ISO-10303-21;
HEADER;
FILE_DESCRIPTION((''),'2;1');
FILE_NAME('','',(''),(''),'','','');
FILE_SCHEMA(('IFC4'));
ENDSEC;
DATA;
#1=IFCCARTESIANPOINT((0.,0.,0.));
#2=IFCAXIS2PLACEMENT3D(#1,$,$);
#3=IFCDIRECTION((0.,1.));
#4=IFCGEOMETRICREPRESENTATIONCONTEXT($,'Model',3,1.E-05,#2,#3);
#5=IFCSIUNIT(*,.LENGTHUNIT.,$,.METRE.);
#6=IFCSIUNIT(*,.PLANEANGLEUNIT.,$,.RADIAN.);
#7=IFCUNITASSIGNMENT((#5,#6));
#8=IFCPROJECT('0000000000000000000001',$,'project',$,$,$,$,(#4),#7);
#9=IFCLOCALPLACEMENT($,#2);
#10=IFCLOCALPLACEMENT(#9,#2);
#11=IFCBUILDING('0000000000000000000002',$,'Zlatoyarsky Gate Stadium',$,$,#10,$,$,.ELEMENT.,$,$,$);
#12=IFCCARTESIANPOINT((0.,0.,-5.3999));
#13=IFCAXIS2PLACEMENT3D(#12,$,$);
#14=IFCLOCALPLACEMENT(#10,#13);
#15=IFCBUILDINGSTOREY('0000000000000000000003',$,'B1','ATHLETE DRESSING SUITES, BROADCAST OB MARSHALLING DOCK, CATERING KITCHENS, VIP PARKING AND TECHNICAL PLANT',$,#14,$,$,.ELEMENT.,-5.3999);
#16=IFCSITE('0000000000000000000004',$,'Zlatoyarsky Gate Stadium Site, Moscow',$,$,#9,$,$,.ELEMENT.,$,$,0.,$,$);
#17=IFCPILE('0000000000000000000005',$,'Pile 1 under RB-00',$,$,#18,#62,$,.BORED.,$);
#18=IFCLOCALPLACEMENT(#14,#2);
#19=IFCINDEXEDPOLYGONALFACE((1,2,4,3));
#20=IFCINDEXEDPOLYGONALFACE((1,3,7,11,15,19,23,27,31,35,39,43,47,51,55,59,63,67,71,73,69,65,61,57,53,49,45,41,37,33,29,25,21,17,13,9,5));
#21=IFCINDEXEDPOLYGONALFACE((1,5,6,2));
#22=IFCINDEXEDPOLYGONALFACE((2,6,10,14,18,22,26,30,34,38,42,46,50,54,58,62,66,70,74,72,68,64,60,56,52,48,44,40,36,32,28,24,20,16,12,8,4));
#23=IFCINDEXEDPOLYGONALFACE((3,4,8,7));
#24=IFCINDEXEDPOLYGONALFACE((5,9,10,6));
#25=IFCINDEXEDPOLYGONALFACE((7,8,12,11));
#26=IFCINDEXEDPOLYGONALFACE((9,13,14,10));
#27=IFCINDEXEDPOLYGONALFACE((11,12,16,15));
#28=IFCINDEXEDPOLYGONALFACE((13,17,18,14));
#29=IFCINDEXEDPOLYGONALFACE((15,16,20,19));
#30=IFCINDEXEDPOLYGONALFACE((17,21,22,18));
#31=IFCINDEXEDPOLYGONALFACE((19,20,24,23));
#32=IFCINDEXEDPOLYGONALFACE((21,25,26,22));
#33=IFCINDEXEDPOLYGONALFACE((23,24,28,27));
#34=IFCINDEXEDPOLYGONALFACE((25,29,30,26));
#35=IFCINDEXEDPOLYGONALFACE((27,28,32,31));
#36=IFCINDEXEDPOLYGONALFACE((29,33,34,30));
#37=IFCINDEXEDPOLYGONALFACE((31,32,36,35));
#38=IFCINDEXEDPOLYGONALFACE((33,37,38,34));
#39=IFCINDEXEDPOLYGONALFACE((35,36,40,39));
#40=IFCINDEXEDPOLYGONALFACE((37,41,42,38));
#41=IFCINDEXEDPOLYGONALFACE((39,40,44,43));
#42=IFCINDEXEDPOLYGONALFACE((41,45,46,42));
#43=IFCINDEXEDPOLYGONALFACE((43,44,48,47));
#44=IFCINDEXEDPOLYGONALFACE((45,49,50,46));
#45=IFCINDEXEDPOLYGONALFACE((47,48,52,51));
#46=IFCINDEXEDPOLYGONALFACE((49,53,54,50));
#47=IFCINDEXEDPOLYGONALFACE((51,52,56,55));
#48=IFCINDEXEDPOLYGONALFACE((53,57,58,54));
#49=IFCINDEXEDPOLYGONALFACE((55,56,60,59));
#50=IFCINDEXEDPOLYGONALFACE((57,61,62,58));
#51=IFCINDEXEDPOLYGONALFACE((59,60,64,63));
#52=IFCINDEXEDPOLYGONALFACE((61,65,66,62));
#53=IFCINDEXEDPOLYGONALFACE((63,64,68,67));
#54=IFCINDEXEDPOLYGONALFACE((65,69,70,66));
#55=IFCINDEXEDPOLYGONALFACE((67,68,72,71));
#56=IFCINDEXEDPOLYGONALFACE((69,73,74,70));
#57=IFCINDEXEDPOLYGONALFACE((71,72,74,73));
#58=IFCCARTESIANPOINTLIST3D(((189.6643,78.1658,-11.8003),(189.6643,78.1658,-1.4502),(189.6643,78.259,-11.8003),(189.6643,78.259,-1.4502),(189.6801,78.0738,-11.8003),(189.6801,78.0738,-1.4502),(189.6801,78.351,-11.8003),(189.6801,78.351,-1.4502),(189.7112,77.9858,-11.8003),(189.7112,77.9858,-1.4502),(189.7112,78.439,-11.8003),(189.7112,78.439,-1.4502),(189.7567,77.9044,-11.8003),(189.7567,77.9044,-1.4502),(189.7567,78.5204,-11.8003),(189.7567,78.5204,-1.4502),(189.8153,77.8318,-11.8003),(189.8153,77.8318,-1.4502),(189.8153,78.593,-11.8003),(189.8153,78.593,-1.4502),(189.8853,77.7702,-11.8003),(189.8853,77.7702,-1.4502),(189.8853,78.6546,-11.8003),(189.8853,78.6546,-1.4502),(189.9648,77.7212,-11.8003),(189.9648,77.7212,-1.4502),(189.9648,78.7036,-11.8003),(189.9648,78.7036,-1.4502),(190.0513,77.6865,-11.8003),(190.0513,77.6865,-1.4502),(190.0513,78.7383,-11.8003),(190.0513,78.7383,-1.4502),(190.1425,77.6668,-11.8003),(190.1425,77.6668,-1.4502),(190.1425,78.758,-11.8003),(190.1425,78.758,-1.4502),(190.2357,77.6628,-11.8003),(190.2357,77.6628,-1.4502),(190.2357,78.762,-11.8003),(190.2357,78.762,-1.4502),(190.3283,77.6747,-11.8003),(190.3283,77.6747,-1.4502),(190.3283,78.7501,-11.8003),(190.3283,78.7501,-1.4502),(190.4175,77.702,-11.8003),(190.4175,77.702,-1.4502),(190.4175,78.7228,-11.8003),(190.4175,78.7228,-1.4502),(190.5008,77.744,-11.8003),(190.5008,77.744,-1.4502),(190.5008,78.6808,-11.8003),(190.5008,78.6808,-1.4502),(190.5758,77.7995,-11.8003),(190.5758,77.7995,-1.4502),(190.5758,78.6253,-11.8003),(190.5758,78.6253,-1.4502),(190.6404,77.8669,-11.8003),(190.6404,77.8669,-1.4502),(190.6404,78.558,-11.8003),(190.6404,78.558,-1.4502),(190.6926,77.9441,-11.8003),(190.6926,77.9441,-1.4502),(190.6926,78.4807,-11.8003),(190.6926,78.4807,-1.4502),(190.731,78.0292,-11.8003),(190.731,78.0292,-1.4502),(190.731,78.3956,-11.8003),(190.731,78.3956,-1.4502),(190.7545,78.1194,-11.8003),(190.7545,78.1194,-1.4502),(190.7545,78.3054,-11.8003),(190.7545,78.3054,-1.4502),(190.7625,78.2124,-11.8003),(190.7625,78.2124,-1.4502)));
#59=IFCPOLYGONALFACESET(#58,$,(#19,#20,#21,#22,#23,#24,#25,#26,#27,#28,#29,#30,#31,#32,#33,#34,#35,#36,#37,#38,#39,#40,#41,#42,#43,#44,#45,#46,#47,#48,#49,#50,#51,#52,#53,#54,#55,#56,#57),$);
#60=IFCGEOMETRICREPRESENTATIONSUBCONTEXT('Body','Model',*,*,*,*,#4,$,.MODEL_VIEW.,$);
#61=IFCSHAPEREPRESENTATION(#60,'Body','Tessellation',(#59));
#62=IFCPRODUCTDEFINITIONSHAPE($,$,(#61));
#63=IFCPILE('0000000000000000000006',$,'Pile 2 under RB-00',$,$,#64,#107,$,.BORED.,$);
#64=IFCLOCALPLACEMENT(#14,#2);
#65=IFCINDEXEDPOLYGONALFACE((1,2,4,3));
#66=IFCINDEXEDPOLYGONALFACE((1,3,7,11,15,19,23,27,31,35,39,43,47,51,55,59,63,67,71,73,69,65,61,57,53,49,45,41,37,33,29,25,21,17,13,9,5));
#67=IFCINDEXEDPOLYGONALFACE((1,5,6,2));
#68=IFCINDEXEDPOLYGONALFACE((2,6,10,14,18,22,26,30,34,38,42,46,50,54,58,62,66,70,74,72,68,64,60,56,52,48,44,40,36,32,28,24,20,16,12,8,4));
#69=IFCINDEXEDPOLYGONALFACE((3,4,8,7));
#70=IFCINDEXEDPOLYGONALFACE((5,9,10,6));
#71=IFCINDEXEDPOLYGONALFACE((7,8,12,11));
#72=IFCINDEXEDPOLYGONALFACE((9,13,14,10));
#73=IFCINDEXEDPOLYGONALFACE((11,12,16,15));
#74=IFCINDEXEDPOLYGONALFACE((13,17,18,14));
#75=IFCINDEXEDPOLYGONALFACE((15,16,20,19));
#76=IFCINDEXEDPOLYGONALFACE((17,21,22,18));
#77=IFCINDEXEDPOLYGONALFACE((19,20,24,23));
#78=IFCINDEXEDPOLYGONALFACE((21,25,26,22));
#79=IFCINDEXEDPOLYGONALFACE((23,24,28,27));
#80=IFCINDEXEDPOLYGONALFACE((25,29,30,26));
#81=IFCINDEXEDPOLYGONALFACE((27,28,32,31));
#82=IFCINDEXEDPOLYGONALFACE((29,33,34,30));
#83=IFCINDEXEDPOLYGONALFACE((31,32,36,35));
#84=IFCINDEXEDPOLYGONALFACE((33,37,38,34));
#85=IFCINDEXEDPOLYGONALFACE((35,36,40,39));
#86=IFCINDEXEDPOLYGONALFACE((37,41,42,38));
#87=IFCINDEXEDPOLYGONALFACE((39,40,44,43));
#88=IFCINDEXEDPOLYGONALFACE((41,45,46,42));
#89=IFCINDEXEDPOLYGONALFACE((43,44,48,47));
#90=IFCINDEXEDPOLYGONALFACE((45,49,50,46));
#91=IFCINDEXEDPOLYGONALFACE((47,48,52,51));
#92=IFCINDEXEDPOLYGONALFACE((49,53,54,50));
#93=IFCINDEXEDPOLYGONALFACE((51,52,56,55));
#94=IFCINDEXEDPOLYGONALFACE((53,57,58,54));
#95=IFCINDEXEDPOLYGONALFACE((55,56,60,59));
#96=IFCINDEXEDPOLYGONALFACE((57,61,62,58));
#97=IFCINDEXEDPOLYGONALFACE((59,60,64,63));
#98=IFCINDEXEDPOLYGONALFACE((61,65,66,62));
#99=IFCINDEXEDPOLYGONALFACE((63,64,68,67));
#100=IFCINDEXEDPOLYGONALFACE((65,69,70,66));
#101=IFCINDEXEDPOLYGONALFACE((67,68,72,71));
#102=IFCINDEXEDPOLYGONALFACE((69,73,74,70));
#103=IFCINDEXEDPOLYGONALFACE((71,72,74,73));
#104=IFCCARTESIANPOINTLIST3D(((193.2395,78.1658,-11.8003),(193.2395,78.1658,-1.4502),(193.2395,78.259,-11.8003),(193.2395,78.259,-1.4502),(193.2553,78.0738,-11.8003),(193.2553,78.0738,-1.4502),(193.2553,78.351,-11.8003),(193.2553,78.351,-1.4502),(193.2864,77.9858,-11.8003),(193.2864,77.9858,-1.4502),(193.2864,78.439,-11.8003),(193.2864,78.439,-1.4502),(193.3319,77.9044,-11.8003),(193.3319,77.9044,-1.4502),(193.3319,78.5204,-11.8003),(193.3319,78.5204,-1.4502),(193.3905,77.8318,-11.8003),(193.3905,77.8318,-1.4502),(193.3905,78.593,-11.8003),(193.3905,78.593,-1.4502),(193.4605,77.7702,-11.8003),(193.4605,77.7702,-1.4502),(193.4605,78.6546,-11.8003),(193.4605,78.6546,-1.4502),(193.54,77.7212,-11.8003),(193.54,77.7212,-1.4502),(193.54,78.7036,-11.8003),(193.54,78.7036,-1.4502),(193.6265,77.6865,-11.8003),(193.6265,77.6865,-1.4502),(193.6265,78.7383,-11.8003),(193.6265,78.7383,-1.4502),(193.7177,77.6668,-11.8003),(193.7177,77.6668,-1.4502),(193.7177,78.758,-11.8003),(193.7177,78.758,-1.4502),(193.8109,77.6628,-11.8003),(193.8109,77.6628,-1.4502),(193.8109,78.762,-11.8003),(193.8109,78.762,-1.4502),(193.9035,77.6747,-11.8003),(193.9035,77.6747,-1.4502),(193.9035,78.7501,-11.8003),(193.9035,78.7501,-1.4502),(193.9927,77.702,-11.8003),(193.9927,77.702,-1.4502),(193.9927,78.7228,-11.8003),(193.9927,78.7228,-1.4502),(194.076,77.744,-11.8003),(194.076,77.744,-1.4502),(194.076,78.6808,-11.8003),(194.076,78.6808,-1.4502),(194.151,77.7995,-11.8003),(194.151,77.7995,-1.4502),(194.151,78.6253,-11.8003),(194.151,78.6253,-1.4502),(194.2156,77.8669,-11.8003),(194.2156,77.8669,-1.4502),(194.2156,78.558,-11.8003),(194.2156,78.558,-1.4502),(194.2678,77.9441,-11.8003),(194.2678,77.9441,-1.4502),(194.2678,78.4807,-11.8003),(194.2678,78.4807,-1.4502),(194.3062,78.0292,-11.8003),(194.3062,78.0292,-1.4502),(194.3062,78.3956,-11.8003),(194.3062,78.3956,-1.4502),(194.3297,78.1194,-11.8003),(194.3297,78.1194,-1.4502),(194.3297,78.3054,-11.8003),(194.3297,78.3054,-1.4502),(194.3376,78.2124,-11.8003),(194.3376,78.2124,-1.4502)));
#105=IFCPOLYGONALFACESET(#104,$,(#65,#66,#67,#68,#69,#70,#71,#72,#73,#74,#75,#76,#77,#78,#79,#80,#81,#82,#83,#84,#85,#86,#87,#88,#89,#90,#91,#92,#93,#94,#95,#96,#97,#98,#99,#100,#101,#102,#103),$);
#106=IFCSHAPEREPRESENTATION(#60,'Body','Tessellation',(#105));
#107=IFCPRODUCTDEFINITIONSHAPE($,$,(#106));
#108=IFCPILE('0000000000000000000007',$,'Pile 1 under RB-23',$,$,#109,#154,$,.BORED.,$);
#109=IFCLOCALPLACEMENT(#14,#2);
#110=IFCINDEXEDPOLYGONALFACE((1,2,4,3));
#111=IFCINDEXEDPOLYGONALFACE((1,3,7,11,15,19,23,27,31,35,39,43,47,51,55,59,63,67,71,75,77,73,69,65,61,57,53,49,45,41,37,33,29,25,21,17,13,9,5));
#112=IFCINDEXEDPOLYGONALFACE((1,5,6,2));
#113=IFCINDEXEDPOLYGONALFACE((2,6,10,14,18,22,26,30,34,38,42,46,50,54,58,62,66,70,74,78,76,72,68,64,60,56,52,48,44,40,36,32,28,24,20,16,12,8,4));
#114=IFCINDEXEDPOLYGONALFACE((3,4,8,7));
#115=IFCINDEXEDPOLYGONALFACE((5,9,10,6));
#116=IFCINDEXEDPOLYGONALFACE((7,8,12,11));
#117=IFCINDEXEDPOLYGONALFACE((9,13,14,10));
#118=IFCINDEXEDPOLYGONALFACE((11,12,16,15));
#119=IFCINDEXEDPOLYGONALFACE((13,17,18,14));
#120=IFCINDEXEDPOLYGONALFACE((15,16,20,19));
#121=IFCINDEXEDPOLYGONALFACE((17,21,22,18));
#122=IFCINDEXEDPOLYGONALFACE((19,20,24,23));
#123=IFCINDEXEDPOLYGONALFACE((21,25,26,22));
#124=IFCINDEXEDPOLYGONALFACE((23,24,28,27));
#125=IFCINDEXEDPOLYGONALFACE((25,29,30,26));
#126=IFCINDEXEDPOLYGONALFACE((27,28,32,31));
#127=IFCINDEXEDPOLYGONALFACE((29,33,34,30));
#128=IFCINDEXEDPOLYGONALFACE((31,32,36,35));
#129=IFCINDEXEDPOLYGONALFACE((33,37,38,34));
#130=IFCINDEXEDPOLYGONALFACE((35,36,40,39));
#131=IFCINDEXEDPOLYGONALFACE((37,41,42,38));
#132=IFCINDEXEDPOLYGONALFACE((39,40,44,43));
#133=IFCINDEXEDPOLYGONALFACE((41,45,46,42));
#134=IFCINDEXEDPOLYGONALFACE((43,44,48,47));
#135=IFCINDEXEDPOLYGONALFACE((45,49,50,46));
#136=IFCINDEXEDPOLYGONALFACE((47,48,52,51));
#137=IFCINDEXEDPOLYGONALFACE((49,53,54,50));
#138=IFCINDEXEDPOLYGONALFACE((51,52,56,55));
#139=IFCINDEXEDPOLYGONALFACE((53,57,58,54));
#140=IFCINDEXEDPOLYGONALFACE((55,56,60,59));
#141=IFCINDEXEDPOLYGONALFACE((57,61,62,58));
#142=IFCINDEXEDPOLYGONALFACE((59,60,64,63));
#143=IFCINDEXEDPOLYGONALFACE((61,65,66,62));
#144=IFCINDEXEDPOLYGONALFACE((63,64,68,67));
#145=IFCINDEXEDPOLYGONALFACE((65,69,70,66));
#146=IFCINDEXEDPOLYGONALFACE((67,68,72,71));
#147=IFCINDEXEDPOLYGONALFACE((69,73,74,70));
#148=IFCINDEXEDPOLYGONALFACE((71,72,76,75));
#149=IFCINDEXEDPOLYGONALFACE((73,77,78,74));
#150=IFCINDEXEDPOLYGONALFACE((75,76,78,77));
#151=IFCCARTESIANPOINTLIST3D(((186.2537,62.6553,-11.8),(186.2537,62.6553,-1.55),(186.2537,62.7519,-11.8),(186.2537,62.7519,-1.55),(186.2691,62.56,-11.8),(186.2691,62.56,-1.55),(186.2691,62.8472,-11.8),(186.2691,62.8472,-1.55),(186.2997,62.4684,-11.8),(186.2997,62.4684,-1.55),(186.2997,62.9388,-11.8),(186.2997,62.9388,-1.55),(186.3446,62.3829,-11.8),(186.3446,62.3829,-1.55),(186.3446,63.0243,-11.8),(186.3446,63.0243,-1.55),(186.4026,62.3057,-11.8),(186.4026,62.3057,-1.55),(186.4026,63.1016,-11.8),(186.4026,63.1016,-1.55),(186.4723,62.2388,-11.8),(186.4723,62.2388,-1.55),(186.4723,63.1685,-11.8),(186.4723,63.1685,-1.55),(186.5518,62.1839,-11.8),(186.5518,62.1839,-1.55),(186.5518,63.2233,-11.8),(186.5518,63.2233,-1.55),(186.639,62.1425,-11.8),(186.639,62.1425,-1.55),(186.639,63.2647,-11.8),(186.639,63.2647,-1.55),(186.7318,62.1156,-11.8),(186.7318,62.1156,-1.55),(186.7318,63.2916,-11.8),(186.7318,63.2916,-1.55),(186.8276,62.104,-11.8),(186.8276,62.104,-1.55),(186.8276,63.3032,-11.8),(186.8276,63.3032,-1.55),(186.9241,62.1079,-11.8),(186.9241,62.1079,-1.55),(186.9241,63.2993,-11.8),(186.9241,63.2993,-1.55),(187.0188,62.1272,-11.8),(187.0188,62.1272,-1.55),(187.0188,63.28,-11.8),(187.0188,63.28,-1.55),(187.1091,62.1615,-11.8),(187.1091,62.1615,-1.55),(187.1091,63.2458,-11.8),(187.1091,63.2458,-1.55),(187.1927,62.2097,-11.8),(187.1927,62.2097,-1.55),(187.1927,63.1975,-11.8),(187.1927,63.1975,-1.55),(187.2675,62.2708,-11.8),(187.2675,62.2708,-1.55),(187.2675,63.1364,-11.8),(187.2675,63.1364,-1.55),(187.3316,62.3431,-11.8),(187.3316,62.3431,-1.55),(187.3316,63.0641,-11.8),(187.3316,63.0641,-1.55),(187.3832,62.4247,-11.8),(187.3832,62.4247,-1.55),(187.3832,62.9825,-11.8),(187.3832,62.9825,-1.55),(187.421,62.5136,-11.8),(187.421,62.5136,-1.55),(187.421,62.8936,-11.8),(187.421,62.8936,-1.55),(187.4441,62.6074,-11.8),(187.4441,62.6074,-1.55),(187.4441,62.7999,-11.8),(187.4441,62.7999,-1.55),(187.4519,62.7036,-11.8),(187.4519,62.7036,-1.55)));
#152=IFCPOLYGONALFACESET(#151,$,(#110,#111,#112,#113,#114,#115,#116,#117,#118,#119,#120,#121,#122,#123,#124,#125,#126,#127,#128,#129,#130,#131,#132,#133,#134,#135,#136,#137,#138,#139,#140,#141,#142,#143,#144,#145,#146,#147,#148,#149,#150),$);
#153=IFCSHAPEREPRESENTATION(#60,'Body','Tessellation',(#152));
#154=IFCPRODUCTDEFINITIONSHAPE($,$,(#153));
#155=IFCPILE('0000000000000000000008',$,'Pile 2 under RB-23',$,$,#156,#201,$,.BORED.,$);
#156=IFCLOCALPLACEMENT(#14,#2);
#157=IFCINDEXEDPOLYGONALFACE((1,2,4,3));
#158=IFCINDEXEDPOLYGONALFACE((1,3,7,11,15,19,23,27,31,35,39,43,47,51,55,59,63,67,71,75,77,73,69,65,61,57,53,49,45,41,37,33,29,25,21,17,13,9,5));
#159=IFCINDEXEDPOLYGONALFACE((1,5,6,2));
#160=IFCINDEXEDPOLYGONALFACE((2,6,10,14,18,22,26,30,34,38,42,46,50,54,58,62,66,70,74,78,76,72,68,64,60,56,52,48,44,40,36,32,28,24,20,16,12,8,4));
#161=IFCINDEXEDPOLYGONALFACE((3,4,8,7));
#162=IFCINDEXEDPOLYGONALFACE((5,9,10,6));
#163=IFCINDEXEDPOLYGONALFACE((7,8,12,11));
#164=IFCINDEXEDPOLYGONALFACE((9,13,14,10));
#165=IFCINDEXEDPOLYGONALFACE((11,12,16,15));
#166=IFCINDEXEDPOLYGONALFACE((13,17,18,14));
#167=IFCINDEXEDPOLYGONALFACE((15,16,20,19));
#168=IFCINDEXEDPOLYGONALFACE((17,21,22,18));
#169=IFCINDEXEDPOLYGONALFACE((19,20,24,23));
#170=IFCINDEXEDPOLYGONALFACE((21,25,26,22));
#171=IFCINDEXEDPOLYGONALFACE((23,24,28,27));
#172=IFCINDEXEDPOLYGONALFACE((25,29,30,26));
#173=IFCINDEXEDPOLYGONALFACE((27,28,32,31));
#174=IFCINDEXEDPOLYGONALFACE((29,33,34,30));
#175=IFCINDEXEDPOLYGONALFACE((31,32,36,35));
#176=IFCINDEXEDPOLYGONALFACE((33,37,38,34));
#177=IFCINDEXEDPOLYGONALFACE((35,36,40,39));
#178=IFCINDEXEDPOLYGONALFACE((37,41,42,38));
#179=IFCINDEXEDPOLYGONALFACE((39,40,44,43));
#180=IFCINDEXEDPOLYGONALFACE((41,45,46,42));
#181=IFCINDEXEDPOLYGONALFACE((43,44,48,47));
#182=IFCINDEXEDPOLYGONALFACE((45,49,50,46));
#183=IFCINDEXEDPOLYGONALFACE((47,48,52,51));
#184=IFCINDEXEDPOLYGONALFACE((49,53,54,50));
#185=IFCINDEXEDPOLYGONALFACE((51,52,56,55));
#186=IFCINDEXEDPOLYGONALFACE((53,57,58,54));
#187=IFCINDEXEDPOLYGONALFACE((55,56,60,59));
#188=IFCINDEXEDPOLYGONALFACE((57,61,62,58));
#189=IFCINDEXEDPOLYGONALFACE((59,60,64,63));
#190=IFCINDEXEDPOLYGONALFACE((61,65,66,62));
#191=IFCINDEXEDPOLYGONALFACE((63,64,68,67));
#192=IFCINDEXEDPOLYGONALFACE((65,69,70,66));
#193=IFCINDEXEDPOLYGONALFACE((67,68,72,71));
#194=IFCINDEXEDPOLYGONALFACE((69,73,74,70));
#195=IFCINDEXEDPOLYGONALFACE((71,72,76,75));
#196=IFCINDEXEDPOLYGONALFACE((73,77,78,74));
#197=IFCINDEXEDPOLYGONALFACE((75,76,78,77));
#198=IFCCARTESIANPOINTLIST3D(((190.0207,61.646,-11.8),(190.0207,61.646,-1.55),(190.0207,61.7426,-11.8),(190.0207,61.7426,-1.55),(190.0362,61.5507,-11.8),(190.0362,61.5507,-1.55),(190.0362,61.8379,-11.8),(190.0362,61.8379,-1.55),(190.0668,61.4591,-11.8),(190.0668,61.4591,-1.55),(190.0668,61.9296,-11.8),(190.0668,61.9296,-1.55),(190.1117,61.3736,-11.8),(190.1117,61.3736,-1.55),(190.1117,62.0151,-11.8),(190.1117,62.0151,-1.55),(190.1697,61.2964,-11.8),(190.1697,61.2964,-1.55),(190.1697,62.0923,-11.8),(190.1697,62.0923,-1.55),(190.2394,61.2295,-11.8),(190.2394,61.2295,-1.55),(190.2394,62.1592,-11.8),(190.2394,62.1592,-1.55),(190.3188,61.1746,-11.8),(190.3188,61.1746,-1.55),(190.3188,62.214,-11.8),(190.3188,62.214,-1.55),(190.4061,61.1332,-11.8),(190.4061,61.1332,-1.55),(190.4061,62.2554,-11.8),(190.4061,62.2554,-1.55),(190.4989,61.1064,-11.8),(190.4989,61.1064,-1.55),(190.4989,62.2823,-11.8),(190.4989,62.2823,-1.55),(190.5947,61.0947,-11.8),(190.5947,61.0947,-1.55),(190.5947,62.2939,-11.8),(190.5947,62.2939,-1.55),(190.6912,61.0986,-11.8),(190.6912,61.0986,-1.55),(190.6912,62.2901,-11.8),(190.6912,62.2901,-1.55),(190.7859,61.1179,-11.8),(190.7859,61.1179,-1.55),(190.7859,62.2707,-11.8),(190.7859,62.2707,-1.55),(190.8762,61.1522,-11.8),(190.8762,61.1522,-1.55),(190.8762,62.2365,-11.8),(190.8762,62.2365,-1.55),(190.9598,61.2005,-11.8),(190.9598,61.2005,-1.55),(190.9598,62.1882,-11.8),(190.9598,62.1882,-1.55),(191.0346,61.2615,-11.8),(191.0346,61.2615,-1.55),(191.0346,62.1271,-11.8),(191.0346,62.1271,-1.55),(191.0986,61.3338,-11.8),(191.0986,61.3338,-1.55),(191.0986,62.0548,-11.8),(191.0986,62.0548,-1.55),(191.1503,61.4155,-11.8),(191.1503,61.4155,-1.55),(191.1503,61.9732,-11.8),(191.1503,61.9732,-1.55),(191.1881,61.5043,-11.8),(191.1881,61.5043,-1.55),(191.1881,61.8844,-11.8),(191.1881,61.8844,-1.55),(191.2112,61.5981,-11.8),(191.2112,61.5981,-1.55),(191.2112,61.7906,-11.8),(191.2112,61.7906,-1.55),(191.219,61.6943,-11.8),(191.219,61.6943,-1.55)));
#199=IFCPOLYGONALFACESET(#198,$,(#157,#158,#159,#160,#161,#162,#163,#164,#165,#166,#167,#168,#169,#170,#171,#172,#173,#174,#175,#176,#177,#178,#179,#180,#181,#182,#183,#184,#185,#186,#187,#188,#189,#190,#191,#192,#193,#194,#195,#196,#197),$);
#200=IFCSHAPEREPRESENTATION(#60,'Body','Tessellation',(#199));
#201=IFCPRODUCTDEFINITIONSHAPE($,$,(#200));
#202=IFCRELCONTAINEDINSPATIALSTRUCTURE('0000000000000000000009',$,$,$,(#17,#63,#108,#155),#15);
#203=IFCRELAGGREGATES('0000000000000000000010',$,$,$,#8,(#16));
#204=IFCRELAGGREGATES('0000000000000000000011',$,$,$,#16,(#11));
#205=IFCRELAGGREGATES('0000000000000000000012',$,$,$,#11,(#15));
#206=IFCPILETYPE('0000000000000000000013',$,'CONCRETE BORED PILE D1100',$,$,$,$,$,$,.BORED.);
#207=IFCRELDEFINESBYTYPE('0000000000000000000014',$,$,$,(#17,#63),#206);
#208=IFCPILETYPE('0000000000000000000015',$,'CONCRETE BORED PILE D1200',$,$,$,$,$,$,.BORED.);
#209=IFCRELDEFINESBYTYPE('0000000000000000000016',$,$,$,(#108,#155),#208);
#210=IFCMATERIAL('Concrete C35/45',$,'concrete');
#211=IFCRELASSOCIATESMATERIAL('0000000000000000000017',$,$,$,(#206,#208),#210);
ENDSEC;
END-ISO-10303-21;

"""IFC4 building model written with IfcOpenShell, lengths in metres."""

from ifc_helpers import new_model, si_unit, direction, frame, origin, origin_2d, place, context, subcontext, project, spatial, circle, extrude, material, material_profile, profile_set, type_object, element, save


model = new_model("IFC4")

# Units and contexts
model_context = context("Model", 3, precision=1e-05, world=origin(), true_north=direction((0.0, 1.0)))
body_context = subcontext(model_context, "Body", "Model", "MODEL_VIEW")
ifc_project = project(units=[si_unit("LENGTHUNIT", "METRE"), si_unit("PLANEANGLEUNIT", "RADIAN")], contexts=[model_context])

# Site, building, storey
site_placement = place(None, origin())
site = spatial("IfcSite", under=ifc_project, at=site_placement, Name="Zlatoyarsky Gate Stadium Site, Moscow", CompositionType="ELEMENT", RefElevation=0.0)
building_placement = place(site_placement, origin())
building = spatial("IfcBuilding", under=site, at=building_placement, Name="Zlatoyarsky Gate Stadium", CompositionType="ELEMENT")
storey_placement = place(building_placement, frame((0.0, 0.0, -5.3999)))
storey = spatial("IfcBuildingStorey", under=building, at=storey_placement, Name="B1", Description="ATHLETE DRESSING SUITES, BROADCAST OB MARSHALLING DOCK, CATERING KITCHENS, VIP PARKING AND TECHNICAL PLANT", CompositionType="ELEMENT", Elevation=-5.3999)

# Piles
ifc_material_1 = material(Name="Concrete C35/45", Category="concrete")
ifc_material_profile_1 = material_profile(ifc_material_1, circle(Radius=0.55, at=origin_2d()), Name="BORED PILE D1100")
ifc_profile_set_1 = profile_set([ifc_material_profile_1], Name="Concrete C35/45")
pile_type_1 = type_object("IfcPileType", Name="CONCRETE BORED PILE D1100", PredefinedType="BORED", material=ifc_profile_set_1)
for number, where, z_axis, x_axis, name in (
    (1, (190.2124, 78.2124, -1.4502), (0.0, 0.0, -1.0), (1.0, 0.0, 0.0), "Pile 1 under RB-00"),
    (2, (193.7876, 78.2124, -1.4502), (0.0, 0.0, -1.0), (1.0, 0.0, 0.0), "Pile 2 under RB-00"),
):
    element("IfcPile", number, at=place(storey_placement, frame(where, z_axis=z_axis, x_axis=x_axis)), inside=storey, type_object=pile_type_1, Name=name, PredefinedType="BORED", context=body_context, shape_type="SweptSolid", body=[
        extrude(circle(Radius=0.55, at=origin_2d()), origin(), (0.0, 0.0, 1.0), 10.3501),
    ])
ifc_material_profile_2 = material_profile(ifc_material_1, circle(Radius=0.6001, at=origin_2d()), Name="BORED PILE D1200")
ifc_profile_set_2 = profile_set([ifc_material_profile_2], Name="Concrete C35/45")
pile_type_2 = type_object("IfcPileType", Name="CONCRETE BORED PILE D1200", PredefinedType="BORED", material=ifc_profile_set_2)
for number, where, z_axis, x_axis, name in (
    (3, (186.8518, 62.7036, -1.55), (0.0, 0.0, -1.0), (1.0, 0.0, 0.0), "Pile 1 under RB-23"),
    (4, (190.6189, 61.6943, -1.55), (0.0, 0.0, -1.0), (1.0, 0.0, 0.0), "Pile 2 under RB-23"),
):
    element("IfcPile", number, at=place(storey_placement, frame(where, z_axis=z_axis, x_axis=x_axis)), inside=storey, type_object=pile_type_2, Name=name, PredefinedType="BORED", context=body_context, shape_type="SweptSolid", body=[
        extrude(circle(Radius=0.6001, at=origin_2d()), origin(), (0.0, 0.0, 1.0), 10.25),
    ])

save(model, "model.ifc")
